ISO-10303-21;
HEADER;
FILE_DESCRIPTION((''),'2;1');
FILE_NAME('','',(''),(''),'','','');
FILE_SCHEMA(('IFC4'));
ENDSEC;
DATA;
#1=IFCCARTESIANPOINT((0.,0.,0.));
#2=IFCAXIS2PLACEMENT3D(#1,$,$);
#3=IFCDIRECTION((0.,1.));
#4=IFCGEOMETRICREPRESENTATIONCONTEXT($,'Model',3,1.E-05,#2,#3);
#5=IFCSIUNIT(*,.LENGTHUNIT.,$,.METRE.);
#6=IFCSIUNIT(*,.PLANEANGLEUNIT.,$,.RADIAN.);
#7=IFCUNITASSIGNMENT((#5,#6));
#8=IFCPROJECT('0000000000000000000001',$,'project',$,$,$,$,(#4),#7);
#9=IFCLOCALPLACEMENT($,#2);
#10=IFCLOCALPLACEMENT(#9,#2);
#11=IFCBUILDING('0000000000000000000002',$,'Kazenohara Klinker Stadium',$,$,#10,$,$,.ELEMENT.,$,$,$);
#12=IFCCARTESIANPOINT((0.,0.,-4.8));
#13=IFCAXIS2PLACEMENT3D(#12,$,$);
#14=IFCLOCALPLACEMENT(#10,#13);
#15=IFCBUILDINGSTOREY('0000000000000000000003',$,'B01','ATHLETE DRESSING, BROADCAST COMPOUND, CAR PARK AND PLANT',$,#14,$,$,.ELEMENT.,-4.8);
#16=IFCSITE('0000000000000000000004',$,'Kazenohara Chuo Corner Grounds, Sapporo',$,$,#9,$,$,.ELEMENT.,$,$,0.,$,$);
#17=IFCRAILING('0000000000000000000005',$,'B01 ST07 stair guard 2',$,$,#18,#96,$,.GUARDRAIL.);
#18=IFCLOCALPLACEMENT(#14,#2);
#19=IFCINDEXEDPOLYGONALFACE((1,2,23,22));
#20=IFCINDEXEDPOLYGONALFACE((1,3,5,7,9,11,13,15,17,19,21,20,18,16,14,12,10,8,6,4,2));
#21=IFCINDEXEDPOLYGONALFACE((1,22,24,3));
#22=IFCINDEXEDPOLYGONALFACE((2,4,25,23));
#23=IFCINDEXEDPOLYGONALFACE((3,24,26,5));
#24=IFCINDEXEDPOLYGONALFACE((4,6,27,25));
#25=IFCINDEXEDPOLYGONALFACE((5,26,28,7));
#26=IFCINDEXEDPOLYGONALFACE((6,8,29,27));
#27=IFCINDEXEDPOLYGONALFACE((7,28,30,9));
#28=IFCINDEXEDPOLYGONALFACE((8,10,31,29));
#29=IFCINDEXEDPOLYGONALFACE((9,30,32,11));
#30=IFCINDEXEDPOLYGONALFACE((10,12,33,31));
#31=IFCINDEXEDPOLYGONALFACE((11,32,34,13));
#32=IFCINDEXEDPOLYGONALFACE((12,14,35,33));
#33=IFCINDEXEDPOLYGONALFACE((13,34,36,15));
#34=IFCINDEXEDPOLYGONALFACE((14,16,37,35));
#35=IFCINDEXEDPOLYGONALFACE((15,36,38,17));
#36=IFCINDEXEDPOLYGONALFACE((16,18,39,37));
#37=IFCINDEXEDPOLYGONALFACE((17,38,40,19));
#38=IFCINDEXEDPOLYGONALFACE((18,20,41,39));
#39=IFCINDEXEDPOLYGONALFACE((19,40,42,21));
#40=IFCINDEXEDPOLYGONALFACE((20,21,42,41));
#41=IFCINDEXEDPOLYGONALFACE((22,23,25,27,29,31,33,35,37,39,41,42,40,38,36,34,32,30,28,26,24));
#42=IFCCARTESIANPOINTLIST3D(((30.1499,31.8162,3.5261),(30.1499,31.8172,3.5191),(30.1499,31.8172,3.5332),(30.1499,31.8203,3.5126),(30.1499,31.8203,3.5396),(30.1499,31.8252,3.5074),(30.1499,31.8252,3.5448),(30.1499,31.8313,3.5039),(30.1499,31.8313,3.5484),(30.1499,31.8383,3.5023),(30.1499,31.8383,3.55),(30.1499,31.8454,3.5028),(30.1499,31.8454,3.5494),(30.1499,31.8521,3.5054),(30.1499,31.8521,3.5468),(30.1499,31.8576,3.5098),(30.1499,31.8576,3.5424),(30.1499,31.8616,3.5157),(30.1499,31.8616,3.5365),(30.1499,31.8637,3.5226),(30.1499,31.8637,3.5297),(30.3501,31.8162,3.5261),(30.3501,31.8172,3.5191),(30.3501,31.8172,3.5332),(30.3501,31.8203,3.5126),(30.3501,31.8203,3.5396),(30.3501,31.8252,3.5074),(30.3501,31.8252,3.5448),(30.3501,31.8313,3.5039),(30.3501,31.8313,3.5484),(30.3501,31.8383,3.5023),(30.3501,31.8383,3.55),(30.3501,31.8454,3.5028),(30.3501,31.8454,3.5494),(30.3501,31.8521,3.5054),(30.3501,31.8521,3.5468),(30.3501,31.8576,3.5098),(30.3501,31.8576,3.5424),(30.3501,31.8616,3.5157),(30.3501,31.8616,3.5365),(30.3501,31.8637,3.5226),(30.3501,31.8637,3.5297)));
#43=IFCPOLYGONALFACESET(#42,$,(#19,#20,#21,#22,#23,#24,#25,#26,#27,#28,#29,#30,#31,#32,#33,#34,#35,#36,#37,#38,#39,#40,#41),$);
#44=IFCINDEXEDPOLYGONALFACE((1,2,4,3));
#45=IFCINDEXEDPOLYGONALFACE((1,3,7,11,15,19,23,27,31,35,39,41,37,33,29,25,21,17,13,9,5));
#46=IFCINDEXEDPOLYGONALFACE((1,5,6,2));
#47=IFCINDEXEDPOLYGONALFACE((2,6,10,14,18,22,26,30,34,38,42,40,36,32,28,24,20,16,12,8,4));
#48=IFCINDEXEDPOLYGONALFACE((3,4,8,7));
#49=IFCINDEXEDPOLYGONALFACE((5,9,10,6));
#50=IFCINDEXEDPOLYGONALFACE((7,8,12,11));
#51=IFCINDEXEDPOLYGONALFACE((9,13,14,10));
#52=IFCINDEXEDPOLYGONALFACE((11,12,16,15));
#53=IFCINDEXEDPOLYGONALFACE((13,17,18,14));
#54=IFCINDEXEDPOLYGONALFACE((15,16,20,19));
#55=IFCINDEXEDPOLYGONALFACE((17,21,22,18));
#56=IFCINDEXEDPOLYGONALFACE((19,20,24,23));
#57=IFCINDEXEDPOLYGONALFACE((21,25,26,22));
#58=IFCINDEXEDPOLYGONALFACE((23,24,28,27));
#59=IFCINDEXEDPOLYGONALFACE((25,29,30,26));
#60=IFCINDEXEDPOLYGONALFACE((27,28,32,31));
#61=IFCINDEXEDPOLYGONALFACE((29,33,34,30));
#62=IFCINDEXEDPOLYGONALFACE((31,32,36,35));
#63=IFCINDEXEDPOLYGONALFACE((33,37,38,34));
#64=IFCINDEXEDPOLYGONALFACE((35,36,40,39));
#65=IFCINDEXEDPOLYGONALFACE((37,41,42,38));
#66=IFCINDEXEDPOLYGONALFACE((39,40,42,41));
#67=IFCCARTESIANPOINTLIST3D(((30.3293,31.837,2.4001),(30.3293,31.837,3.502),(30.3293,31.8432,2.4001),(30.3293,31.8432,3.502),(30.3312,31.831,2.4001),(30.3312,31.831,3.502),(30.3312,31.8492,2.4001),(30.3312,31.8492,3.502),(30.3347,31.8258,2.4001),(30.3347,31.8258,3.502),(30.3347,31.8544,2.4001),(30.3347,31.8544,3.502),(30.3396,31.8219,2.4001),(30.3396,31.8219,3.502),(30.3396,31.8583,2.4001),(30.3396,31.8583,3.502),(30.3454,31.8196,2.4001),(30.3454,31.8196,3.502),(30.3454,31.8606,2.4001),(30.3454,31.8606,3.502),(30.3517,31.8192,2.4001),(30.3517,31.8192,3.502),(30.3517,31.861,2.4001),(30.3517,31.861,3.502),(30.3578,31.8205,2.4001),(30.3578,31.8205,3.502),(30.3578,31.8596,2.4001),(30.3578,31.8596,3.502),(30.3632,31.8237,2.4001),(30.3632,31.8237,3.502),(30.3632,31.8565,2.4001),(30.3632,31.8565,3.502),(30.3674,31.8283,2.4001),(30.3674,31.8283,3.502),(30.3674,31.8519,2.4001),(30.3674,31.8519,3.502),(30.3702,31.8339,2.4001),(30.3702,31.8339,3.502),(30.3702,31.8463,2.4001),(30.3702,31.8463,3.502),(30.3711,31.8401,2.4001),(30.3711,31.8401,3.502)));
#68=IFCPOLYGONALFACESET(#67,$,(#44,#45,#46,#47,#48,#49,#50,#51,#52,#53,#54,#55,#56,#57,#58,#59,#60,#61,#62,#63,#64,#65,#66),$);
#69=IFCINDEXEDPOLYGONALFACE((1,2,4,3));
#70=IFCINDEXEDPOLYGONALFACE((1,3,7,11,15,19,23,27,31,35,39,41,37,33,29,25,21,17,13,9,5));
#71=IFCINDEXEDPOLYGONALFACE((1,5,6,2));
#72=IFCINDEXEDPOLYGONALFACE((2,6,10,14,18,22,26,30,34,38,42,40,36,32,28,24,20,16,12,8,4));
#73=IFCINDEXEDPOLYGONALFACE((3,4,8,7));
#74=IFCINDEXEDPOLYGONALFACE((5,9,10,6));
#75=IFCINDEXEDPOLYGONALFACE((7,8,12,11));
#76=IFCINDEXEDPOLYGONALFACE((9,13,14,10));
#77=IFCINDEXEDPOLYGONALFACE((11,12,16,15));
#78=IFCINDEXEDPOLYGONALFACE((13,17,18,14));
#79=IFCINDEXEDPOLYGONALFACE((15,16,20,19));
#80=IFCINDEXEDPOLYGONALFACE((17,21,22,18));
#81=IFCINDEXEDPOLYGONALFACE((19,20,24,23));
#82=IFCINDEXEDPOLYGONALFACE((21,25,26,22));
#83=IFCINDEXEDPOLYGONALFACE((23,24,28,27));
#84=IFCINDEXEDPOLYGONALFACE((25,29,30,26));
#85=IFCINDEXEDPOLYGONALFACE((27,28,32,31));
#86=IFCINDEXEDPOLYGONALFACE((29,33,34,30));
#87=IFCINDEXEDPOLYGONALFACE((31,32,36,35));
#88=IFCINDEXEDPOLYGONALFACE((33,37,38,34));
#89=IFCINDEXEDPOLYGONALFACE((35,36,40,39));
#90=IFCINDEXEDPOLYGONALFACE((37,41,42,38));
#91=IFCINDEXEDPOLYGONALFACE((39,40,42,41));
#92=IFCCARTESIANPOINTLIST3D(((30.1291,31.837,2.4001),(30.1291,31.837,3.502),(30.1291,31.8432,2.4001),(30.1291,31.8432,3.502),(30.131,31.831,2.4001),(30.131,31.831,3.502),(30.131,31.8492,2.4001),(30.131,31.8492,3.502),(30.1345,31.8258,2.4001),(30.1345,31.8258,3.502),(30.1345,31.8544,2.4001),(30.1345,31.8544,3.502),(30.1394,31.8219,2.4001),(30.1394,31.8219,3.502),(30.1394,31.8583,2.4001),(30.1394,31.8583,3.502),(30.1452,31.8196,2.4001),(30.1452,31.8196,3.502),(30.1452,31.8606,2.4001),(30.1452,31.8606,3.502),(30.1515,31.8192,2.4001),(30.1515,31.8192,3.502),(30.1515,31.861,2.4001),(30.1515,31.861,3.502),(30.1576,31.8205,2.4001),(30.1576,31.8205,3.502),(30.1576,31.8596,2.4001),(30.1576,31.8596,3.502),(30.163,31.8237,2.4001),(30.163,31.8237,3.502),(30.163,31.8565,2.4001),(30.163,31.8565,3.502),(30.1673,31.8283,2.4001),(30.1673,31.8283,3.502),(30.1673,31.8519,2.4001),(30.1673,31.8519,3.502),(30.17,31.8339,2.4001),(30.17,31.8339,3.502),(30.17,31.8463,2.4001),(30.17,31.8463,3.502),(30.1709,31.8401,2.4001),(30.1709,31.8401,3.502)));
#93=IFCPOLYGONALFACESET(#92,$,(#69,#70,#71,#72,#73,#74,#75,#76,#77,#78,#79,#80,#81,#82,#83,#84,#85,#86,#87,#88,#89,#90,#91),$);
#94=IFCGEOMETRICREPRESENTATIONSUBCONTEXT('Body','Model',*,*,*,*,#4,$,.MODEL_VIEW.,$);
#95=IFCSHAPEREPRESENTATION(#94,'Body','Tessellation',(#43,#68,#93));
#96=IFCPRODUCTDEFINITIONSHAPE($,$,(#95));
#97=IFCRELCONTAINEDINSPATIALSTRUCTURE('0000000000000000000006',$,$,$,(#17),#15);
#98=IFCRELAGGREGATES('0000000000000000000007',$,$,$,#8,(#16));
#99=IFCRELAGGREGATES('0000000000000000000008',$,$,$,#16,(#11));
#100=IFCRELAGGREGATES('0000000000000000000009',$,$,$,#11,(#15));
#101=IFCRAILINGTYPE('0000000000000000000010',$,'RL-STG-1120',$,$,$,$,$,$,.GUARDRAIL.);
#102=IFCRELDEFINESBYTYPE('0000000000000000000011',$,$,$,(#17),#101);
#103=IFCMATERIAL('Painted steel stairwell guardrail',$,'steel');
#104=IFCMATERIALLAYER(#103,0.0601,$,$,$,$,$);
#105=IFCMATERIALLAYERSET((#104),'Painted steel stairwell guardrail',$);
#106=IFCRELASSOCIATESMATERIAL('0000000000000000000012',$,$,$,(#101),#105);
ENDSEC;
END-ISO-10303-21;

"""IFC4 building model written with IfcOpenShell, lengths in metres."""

from ifc_helpers import new_model, si_unit, direction, frame, origin, origin_2d, place, context, subcontext, project, spatial, circle, extrude, material, layer, layer_set, type_object, element, save


model = new_model("IFC4")

# Units and contexts
model_context = context("Model", 3, precision=1e-05, world=origin(), true_north=direction((0.0, 1.0)))
body_context = subcontext(model_context, "Body", "Model", "MODEL_VIEW")
ifc_project = project(units=[si_unit("LENGTHUNIT", "METRE"), si_unit("PLANEANGLEUNIT", "RADIAN")], contexts=[model_context])

# Site, building, storey
site_placement = place(None, origin())
site = spatial("IfcSite", under=ifc_project, at=site_placement, Name="Kazenohara Chuo Corner Grounds, Sapporo", CompositionType="ELEMENT", RefElevation=0.0)
building_placement = place(site_placement, origin())
building = spatial("IfcBuilding", under=site, at=building_placement, Name="Kazenohara Klinker Stadium", CompositionType="ELEMENT")
storey_placement = place(building_placement, frame((0.0, 0.0, -4.8)))
storey = spatial("IfcBuildingStorey", under=building, at=storey_placement, Name="B01", Description="ATHLETE DRESSING, BROADCAST COMPOUND, CAR PARK AND PLANT", CompositionType="ELEMENT", Elevation=-4.8)

# Railing
ifc_material_1 = material(Name="Painted steel stairwell guardrail", Category="steel")
ifc_layer_1 = layer(ifc_material_1, 0.0601)
ifc_layer_set_1 = layer_set([ifc_layer_1], Name="Painted steel stairwell guardrail")
railing_type_1 = type_object("IfcRailingType", Name="RL-STG-1120", PredefinedType="GUARDRAIL", material=ifc_layer_set_1)
railing_1_placement = place(storey_placement, frame((30.3501, 31.8401, 2.4001)))
element("IfcRailing", 1, at=railing_1_placement, inside=storey, type_object=railing_type_1, Name="B01 ST07 stair guard 2", PredefinedType="GUARDRAIL", context=body_context, shape_type="SweptSolid", body=[
    extrude(circle(Radius=0.0239, at=origin_2d()), frame((0.0, 0.0, 1.126), z_axis=(-1.0, 0.0, 0.0), x_axis=(0.0, -1.0, 0.0)), (0.0, 0.0, 1.0), 0.2002),
    extrude(circle(Radius=0.021, at=origin_2d()), origin(), (0.0, 0.0, 1.0), 1.1018),
    extrude(circle(Radius=0.021, at=origin_2d()), frame((-0.2002, 0.0, 0.0)), (0.0, 0.0, 1.0), 1.1018),
])

save(model, "model.ifc")
